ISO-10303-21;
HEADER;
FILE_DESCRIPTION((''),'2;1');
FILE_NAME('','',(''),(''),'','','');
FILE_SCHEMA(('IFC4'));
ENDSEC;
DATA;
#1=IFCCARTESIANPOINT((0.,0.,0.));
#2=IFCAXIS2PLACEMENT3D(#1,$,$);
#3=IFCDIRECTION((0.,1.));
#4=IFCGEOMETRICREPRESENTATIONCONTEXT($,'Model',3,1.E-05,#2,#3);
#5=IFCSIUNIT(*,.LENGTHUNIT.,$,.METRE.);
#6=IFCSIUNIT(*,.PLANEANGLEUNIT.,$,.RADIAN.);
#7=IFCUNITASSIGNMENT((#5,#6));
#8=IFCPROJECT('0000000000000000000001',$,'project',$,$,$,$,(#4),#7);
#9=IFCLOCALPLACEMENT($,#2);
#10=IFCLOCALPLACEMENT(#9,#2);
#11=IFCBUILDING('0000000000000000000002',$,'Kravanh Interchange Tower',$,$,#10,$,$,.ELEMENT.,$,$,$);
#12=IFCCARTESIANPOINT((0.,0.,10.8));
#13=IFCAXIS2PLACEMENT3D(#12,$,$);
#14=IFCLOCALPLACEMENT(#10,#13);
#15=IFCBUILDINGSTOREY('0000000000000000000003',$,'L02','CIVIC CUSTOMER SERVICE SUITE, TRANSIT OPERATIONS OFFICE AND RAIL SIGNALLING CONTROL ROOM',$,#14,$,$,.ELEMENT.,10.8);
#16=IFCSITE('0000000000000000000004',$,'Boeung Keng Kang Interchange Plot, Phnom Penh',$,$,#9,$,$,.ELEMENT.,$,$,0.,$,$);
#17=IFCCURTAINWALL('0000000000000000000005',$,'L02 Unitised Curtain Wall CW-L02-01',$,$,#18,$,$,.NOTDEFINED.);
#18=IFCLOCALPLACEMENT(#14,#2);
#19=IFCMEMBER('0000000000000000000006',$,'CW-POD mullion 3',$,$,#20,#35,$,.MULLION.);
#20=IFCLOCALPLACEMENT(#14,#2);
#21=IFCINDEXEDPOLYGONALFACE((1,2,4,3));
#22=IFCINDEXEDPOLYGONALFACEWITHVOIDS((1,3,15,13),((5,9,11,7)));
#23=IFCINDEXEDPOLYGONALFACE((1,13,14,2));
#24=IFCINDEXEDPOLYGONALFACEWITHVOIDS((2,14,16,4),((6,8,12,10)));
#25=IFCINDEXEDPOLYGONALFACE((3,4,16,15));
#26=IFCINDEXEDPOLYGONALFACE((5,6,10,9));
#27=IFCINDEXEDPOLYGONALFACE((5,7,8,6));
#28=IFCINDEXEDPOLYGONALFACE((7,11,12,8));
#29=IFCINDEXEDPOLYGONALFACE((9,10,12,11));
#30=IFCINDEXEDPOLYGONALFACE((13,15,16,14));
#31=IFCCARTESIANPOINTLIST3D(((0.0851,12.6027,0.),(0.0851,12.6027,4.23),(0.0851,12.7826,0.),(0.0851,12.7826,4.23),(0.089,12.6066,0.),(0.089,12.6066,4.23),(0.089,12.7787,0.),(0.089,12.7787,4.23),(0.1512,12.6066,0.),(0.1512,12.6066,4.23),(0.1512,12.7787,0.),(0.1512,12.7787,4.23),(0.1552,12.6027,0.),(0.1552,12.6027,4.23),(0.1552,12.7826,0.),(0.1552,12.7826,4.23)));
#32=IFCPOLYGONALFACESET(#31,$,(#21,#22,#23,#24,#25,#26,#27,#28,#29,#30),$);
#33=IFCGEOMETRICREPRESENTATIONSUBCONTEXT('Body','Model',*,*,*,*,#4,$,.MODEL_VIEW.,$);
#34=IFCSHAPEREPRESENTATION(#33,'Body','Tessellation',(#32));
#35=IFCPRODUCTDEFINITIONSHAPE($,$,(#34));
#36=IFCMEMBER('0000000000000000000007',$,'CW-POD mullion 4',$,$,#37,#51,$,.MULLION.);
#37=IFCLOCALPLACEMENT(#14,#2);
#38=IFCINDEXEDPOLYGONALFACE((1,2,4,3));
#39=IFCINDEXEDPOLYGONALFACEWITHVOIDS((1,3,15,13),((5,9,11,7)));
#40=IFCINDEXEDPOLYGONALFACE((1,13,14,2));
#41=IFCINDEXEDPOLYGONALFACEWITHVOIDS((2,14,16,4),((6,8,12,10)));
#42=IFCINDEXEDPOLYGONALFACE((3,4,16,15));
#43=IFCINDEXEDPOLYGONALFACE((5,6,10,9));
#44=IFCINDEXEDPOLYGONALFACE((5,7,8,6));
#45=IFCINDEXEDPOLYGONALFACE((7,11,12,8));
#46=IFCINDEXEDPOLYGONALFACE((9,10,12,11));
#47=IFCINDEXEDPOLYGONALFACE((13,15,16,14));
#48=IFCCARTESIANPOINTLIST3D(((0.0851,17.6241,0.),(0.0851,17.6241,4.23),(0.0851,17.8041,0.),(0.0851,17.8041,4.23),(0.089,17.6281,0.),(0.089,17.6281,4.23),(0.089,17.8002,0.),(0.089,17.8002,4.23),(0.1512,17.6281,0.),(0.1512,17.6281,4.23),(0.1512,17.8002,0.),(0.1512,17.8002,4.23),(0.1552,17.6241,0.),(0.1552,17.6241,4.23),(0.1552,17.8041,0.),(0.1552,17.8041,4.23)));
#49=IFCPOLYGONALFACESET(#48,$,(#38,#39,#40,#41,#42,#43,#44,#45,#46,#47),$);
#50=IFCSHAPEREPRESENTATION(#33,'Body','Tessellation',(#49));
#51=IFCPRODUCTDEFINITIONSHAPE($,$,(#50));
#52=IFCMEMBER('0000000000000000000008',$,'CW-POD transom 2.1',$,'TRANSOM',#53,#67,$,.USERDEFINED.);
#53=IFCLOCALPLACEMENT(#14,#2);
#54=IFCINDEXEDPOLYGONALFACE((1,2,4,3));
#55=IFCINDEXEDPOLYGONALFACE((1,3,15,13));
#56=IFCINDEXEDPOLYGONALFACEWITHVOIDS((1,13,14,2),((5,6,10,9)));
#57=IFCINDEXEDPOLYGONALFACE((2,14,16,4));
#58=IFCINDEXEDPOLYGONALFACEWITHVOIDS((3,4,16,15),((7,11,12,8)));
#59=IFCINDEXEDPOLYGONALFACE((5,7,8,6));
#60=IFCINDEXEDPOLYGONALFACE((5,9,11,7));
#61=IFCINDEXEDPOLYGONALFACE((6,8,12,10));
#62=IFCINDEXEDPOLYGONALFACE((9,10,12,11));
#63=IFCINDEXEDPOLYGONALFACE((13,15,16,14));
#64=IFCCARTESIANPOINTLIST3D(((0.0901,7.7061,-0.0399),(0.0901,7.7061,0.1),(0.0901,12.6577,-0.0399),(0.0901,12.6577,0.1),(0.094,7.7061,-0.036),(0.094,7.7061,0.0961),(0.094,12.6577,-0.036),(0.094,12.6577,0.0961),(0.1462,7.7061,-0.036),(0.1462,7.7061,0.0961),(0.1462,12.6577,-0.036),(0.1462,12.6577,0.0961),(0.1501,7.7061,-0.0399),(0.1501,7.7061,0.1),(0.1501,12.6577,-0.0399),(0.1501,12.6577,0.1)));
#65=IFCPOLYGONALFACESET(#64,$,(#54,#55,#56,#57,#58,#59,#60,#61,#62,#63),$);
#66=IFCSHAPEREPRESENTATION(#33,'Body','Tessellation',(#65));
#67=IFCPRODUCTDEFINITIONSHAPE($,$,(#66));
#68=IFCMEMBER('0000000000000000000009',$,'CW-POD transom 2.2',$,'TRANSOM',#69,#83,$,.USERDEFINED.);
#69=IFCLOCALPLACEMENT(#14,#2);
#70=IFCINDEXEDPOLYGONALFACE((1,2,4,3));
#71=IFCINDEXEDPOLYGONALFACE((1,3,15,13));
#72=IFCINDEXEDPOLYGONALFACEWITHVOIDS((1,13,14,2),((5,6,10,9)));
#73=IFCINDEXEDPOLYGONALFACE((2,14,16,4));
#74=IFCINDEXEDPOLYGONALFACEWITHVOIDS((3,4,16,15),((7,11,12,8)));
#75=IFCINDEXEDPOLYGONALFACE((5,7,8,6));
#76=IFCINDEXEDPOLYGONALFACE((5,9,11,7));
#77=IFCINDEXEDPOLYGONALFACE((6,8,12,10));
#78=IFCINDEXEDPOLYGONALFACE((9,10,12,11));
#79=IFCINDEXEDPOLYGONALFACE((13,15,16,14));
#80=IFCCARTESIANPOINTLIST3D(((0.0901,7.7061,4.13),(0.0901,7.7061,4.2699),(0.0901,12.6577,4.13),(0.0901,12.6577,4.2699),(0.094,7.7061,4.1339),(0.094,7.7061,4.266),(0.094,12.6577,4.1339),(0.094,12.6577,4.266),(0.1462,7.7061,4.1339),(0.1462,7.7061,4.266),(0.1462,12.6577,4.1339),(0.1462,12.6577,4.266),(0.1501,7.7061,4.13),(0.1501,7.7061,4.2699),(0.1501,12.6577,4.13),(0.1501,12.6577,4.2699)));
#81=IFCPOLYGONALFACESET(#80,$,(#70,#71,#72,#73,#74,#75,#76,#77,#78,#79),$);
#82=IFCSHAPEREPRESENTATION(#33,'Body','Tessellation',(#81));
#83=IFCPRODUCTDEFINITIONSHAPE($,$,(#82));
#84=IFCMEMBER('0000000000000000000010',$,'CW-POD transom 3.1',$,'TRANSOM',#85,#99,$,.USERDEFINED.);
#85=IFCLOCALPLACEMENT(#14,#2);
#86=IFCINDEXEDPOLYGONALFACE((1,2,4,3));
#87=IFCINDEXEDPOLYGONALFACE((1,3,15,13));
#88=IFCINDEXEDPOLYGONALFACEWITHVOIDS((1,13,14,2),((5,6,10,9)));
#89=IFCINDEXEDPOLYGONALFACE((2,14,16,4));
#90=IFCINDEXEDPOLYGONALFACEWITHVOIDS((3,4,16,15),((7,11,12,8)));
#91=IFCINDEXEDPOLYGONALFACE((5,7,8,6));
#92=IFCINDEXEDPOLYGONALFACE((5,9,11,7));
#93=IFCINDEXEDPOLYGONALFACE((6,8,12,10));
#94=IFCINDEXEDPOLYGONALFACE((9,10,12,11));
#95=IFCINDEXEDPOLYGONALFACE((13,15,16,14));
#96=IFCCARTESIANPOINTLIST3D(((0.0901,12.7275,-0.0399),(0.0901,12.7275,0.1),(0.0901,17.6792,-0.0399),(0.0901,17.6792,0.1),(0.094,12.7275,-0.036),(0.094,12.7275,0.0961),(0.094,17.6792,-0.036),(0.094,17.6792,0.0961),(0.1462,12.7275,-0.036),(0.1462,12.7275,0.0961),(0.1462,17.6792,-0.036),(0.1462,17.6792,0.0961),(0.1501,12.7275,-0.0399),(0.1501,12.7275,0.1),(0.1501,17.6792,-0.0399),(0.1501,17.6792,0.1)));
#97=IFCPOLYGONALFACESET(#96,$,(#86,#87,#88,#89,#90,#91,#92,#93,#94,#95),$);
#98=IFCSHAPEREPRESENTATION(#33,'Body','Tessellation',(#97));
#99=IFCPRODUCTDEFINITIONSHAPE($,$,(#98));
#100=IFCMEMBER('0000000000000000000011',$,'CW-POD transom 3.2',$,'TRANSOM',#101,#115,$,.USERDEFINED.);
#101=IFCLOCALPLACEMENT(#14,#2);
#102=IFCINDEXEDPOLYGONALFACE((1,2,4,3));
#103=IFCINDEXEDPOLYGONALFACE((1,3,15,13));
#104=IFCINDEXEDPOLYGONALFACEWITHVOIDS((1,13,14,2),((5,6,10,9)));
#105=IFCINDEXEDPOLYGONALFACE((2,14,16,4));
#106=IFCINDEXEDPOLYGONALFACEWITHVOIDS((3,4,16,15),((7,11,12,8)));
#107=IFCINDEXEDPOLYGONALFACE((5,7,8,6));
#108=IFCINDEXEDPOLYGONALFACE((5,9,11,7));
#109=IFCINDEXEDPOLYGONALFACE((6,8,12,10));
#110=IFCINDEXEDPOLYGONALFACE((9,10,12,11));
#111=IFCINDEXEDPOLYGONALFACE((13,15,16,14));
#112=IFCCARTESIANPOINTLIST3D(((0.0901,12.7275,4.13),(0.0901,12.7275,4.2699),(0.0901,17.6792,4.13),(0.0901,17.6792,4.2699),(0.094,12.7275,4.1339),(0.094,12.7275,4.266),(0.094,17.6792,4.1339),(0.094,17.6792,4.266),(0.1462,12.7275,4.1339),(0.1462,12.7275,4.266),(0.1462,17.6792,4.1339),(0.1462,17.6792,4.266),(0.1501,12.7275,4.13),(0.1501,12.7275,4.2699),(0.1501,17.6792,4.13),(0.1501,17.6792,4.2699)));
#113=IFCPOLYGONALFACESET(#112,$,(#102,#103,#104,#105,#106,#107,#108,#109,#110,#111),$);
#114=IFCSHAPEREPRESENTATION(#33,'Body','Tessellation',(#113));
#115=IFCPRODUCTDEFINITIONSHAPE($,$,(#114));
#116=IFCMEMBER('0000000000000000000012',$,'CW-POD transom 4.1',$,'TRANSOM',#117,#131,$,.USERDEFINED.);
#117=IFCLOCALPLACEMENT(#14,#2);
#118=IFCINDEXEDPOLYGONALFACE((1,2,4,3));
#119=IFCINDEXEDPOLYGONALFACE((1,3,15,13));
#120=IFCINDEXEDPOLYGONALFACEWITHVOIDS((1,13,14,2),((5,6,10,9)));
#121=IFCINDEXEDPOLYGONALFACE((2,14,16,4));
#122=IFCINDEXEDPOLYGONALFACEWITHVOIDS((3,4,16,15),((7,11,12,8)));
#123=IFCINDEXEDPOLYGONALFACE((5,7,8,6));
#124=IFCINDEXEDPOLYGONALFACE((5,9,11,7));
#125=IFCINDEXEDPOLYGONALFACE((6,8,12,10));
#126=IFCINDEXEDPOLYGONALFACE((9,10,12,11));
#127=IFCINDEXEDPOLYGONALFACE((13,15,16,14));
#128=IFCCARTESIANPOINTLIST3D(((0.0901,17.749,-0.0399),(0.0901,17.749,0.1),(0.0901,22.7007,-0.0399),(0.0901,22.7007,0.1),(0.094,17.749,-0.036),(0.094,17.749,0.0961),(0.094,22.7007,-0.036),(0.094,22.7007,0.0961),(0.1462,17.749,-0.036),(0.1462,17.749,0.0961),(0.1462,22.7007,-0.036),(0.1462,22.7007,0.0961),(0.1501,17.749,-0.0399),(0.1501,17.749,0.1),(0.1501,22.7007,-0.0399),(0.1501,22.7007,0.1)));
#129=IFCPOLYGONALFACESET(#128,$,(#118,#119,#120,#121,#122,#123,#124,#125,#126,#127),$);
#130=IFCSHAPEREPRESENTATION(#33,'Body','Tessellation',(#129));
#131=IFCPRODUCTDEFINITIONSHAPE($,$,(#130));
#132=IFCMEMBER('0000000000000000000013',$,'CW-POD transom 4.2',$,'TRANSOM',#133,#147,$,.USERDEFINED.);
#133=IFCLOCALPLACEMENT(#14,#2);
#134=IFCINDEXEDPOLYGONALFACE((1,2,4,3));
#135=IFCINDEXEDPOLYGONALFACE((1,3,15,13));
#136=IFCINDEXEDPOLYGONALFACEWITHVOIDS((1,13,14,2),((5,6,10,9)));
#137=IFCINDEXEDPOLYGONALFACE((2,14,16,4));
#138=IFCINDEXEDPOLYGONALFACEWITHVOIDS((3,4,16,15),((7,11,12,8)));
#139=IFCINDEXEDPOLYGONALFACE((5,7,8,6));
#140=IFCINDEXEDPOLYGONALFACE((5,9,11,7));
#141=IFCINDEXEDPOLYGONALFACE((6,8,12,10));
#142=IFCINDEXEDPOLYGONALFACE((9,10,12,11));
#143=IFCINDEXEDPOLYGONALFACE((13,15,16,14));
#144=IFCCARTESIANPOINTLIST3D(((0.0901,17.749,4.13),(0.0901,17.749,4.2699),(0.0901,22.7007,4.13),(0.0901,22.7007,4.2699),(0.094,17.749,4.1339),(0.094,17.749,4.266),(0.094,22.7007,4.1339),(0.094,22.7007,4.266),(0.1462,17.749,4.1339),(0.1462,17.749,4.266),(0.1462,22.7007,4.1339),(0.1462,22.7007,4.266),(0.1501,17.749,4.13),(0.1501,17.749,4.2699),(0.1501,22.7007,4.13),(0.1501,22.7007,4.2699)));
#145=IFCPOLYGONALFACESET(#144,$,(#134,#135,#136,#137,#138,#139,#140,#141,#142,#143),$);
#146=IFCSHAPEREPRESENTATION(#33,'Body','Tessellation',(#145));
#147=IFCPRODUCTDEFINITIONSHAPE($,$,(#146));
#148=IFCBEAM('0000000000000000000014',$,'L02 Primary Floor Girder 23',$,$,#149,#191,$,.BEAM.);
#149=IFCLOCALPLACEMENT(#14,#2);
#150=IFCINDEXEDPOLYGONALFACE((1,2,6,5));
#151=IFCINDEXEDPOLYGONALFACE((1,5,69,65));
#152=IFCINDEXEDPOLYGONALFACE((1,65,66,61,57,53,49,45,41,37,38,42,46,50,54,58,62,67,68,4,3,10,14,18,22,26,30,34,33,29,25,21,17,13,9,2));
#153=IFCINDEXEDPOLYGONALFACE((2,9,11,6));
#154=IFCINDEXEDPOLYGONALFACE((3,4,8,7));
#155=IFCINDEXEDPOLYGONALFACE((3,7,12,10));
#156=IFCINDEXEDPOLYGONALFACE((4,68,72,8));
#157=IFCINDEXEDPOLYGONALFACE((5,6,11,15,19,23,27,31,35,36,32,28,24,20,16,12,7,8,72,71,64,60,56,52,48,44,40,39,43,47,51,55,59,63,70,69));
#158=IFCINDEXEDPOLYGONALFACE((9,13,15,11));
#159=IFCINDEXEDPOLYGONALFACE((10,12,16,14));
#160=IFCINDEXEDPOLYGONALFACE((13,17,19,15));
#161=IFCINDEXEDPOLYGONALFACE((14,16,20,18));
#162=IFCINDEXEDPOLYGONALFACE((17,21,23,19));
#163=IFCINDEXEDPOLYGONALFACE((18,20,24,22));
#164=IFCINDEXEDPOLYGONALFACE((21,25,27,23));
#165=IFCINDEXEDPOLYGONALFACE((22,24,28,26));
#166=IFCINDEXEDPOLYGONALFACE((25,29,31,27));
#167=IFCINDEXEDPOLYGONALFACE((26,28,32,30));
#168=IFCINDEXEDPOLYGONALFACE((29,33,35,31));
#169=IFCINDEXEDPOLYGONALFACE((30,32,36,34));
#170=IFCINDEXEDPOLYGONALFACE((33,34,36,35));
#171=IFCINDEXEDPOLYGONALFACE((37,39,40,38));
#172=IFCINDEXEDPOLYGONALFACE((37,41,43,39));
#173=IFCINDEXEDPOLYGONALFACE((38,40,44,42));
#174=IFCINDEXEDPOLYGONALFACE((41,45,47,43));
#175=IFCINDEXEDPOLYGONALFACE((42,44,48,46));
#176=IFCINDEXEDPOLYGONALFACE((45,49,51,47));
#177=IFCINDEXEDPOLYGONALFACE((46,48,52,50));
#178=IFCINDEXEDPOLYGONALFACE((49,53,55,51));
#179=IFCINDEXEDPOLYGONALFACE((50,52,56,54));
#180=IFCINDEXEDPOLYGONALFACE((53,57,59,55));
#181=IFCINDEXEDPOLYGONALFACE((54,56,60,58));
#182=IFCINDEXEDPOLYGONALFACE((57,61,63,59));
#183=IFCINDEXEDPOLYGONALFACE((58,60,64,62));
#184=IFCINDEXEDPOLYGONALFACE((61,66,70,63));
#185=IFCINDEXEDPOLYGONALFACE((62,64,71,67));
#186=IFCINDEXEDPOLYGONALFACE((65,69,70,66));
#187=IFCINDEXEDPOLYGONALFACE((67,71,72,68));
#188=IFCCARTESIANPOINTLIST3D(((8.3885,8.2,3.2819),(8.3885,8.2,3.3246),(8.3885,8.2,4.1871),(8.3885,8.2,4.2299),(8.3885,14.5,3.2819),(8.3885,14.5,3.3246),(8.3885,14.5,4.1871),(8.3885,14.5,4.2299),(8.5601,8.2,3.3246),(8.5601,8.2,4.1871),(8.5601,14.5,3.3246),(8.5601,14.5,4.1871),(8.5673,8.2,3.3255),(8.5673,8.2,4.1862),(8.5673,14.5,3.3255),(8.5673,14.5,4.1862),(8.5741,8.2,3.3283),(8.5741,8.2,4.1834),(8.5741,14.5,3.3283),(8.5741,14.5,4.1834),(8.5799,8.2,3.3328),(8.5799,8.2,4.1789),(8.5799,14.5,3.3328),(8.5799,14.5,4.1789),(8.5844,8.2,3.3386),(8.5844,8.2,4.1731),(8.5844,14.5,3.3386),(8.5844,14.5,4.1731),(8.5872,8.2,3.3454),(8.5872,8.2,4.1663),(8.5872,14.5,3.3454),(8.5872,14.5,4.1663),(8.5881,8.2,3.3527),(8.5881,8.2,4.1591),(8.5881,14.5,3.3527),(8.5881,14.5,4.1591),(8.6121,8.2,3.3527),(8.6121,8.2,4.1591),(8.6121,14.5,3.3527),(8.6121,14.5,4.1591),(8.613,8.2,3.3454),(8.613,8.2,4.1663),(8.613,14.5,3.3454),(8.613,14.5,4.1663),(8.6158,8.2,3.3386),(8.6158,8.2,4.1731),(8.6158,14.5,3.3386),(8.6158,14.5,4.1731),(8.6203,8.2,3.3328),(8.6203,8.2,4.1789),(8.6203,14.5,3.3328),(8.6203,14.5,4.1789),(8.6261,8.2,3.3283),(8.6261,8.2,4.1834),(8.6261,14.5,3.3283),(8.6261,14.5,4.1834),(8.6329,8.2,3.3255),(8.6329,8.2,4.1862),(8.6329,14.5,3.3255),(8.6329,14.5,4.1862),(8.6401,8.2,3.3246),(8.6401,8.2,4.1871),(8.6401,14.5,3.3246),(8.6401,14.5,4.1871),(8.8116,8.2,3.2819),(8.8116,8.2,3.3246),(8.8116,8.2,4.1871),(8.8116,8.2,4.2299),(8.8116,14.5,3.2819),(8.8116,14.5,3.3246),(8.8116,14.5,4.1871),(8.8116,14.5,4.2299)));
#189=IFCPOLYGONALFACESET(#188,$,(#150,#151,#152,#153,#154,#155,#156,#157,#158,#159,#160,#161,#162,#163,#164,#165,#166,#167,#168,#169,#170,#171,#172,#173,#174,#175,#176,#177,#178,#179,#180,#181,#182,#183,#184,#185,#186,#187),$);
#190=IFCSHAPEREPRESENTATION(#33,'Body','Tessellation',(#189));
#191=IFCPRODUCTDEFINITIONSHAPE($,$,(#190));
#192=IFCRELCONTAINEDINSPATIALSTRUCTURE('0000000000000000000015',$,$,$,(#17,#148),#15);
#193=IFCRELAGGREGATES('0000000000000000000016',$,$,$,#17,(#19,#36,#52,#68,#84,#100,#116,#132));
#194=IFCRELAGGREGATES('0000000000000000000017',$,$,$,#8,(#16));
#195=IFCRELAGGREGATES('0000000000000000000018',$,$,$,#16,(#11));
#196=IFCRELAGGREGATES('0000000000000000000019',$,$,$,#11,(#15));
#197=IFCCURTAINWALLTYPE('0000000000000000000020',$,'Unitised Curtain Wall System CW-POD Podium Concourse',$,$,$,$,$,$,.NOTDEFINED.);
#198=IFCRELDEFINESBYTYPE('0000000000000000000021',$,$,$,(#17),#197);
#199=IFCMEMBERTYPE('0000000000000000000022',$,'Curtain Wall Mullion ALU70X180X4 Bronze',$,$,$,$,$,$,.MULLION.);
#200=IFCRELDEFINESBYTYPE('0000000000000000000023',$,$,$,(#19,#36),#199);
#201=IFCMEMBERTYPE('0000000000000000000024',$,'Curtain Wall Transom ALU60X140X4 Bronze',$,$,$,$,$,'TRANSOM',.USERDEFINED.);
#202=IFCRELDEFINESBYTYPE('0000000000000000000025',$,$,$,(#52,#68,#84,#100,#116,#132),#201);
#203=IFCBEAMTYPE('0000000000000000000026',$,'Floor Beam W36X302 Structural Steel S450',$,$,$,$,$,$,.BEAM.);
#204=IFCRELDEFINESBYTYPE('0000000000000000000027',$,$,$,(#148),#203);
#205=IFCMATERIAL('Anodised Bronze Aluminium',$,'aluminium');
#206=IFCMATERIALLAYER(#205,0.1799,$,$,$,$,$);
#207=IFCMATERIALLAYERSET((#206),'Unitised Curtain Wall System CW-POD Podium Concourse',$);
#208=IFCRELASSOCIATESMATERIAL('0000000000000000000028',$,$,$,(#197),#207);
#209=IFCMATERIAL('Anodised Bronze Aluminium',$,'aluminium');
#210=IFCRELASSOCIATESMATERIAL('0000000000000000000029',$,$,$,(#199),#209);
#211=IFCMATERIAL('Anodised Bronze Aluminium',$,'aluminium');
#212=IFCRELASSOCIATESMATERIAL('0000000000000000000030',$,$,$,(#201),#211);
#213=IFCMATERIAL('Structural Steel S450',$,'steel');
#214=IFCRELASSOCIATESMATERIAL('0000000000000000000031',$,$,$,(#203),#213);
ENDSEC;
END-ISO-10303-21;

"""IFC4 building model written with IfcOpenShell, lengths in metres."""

from ifc_helpers import new_model, si_unit, direction, frame, origin, origin_2d, place, context, subcontext, project, spatial, hollow_rectangle, i_section, extrude, material, layer, layer_set, material_profile, profile_set, type_object, element, aggregate, save


model = new_model("IFC4")

# Units and contexts
model_context = context("Model", 3, precision=1e-05, world=origin(), true_north=direction((0.0, 1.0)))
body_context = subcontext(model_context, "Body", "Model", "MODEL_VIEW")
ifc_project = project(units=[si_unit("LENGTHUNIT", "METRE"), si_unit("PLANEANGLEUNIT", "RADIAN")], contexts=[model_context])

# Site, building, storey
site_placement = place(None, origin())
site = spatial("IfcSite", under=ifc_project, at=site_placement, Name="Boeung Keng Kang Interchange Plot, Phnom Penh", CompositionType="ELEMENT", RefElevation=0.0)
building_placement = place(site_placement, origin())
building = spatial("IfcBuilding", under=site, at=building_placement, Name="Kravanh Interchange Tower", CompositionType="ELEMENT")
storey_placement = place(building_placement, frame((0.0, 0.0, 10.8)))
storey = spatial("IfcBuildingStorey", under=building, at=storey_placement, Name="L02", Description="CIVIC CUSTOMER SERVICE SUITE, TRANSIT OPERATIONS OFFICE AND RAIL SIGNALLING CONTROL ROOM", CompositionType="ELEMENT", Elevation=10.8)

# Curtain wall, members
ifc_material_1 = material(Name="Anodised Bronze Aluminium", Category="aluminium")
ifc_layer_1 = layer(ifc_material_1, 0.1799)
ifc_layer_set_1 = layer_set([ifc_layer_1], Name="Unitised Curtain Wall System CW-POD Podium Concourse")
curtain_wall_type = type_object("IfcCurtainWallType", Name="Unitised Curtain Wall System CW-POD Podium Concourse", PredefinedType="NOTDEFINED", material=ifc_layer_set_1)
curtain_wall_placement = place(storey_placement, origin())
curtain_wall = element("IfcCurtainWall", 1, at=curtain_wall_placement, inside=storey, type_object=curtain_wall_type, Name="L02 Unitised Curtain Wall CW-L02-01", PredefinedType="NOTDEFINED")
ifc_material_2 = material(Name="Anodised Bronze Aluminium", Category="aluminium")
ifc_material_profile_1 = material_profile(ifc_material_2, hollow_rectangle(XDim=0.0701, YDim=0.1799, WallThickness=0.0039, at=origin_2d()), Name="ALU70X180X4")
ifc_profile_set_1 = profile_set([ifc_material_profile_1], Name="Anodised Bronze Aluminium")
member_type_1 = type_object("IfcMemberType", Name="Curtain Wall Mullion ALU70X180X4 Bronze", PredefinedType="MULLION", material=ifc_profile_set_1)
member_1_placement = place(storey_placement, frame((0.1201, 12.6926, 0.0), z_axis=(0.0, 0.0, 1.0), x_axis=(-1.0, 0.0, 0.0)))
member_1 = element("IfcMember", 2, at=member_1_placement, type_object=member_type_1, Name="CW-POD mullion 3", PredefinedType="MULLION", context=body_context, shape_type="SweptSolid", body=[
    extrude(hollow_rectangle(XDim=0.0701, YDim=0.1799, WallThickness=0.0039, at=origin_2d()), origin(), (0.0, 0.0, 1.0), 4.23),
])
member_2_placement = place(storey_placement, frame((0.1201, 17.7141, 0.0), z_axis=(0.0, 0.0, 1.0), x_axis=(-1.0, 0.0, 0.0)))
member_2 = element("IfcMember", 3, at=member_2_placement, type_object=member_type_1, Name="CW-POD mullion 4", PredefinedType="MULLION", context=body_context, shape_type="SweptSolid", body=[
    extrude(hollow_rectangle(XDim=0.0701, YDim=0.1799, WallThickness=0.0039, at=origin_2d()), origin(), (0.0, 0.0, 1.0), 4.23),
])
ifc_material_3 = material(Name="Anodised Bronze Aluminium", Category="aluminium")
ifc_material_profile_2 = material_profile(ifc_material_3, hollow_rectangle(XDim=0.0601, YDim=0.1399, WallThickness=0.0039, at=origin_2d()), Name="ALU60X140X4")
ifc_profile_set_2 = profile_set([ifc_material_profile_2], Name="Anodised Bronze Aluminium")
member_type_2 = type_object("IfcMemberType", Name="Curtain Wall Transom ALU60X140X4 Bronze", ElementType="TRANSOM", PredefinedType="USERDEFINED", material=ifc_profile_set_2)
member_3_placement = place(storey_placement, frame((0.1201, 7.7061, 0.03), z_axis=(0.0, 1.0, 0.0), x_axis=(-1.0, 0.0, 0.0)))
member_3 = element("IfcMember", 4, at=member_3_placement, type_object=member_type_2, Name="CW-POD transom 2.1", ObjectType="TRANSOM", PredefinedType="USERDEFINED", context=body_context, shape_type="SweptSolid", body=[
    extrude(hollow_rectangle(XDim=0.0601, YDim=0.1399, WallThickness=0.0039, at=origin_2d()), origin(), (0.0, 0.0, 1.0), 4.9517),
])
member_4_placement = place(storey_placement, frame((0.1201, 7.7061, 4.2), z_axis=(0.0, 1.0, 0.0), x_axis=(-1.0, 0.0, 0.0)))
member_4 = element("IfcMember", 5, at=member_4_placement, type_object=member_type_2, Name="CW-POD transom 2.2", ObjectType="TRANSOM", PredefinedType="USERDEFINED", context=body_context, shape_type="SweptSolid", body=[
    extrude(hollow_rectangle(XDim=0.0601, YDim=0.1399, WallThickness=0.0039, at=origin_2d()), origin(), (0.0, 0.0, 1.0), 4.9517),
])
member_5_placement = place(storey_placement, frame((0.1201, 12.7275, 0.03), z_axis=(0.0, 1.0, 0.0), x_axis=(-1.0, 0.0, 0.0)))
member_5 = element("IfcMember", 6, at=member_5_placement, type_object=member_type_2, Name="CW-POD transom 3.1", ObjectType="TRANSOM", PredefinedType="USERDEFINED", context=body_context, shape_type="SweptSolid", body=[
    extrude(hollow_rectangle(XDim=0.0601, YDim=0.1399, WallThickness=0.0039, at=origin_2d()), origin(), (0.0, 0.0, 1.0), 4.9517),
])
member_6_placement = place(storey_placement, frame((0.1201, 12.7275, 4.2), z_axis=(0.0, 1.0, 0.0), x_axis=(-1.0, 0.0, 0.0)))
member_6 = element("IfcMember", 7, at=member_6_placement, type_object=member_type_2, Name="CW-POD transom 3.2", ObjectType="TRANSOM", PredefinedType="USERDEFINED", context=body_context, shape_type="SweptSolid", body=[
    extrude(hollow_rectangle(XDim=0.0601, YDim=0.1399, WallThickness=0.0039, at=origin_2d()), origin(), (0.0, 0.0, 1.0), 4.9517),
])
member_7_placement = place(storey_placement, frame((0.1201, 17.749, 0.03), z_axis=(0.0, 1.0, 0.0), x_axis=(-1.0, 0.0, 0.0)))
member_7 = element("IfcMember", 8, at=member_7_placement, type_object=member_type_2, Name="CW-POD transom 4.1", ObjectType="TRANSOM", PredefinedType="USERDEFINED", context=body_context, shape_type="SweptSolid", body=[
    extrude(hollow_rectangle(XDim=0.0601, YDim=0.1399, WallThickness=0.0039, at=origin_2d()), origin(), (0.0, 0.0, 1.0), 4.9517),
])
member_8_placement = place(storey_placement, frame((0.1201, 17.749, 4.2), z_axis=(0.0, 1.0, 0.0), x_axis=(-1.0, 0.0, 0.0)))
member_8 = element("IfcMember", 9, at=member_8_placement, type_object=member_type_2, Name="CW-POD transom 4.2", ObjectType="TRANSOM", PredefinedType="USERDEFINED", context=body_context, shape_type="SweptSolid", body=[
    extrude(hollow_rectangle(XDim=0.0601, YDim=0.1399, WallThickness=0.0039, at=origin_2d()), origin(), (0.0, 0.0, 1.0), 4.9517),
])

# Beam
ifc_material_4 = material(Name="Structural Steel S450", Category="steel")
ifc_material_profile_3 = material_profile(ifc_material_4, i_section(OverallWidth=0.4231, OverallDepth=0.948, WebThickness=0.0239, FlangeThickness=0.0427, FilletRadius=0.0281, at=origin_2d()), Name="W36X302")
ifc_profile_set_3 = profile_set([ifc_material_profile_3], Name="Structural Steel S450")
beam_type_1 = type_object("IfcBeamType", Name="Floor Beam W36X302 Structural Steel S450", PredefinedType="BEAM", material=ifc_profile_set_3)
beam_1_placement = place(storey_placement, frame((8.6001, 8.2, 3.7559), z_axis=(0.0, 1.0, 0.0), x_axis=(-1.0, 0.0, 0.0)))
element("IfcBeam", 10, at=beam_1_placement, inside=storey, type_object=beam_type_1, Name="L02 Primary Floor Girder 23", PredefinedType="BEAM", context=body_context, shape_type="SweptSolid", body=[
    extrude(i_section(OverallWidth=0.4231, OverallDepth=0.948, WebThickness=0.0239, FlangeThickness=0.0427, FilletRadius=0.0281, at=origin_2d()), origin(), (0.0, 0.0, 1.0), 6.3),
])

aggregate(curtain_wall, [member_1, member_2, member_3, member_4, member_5, member_6, member_7, member_8])

save(model, "model.ifc")
